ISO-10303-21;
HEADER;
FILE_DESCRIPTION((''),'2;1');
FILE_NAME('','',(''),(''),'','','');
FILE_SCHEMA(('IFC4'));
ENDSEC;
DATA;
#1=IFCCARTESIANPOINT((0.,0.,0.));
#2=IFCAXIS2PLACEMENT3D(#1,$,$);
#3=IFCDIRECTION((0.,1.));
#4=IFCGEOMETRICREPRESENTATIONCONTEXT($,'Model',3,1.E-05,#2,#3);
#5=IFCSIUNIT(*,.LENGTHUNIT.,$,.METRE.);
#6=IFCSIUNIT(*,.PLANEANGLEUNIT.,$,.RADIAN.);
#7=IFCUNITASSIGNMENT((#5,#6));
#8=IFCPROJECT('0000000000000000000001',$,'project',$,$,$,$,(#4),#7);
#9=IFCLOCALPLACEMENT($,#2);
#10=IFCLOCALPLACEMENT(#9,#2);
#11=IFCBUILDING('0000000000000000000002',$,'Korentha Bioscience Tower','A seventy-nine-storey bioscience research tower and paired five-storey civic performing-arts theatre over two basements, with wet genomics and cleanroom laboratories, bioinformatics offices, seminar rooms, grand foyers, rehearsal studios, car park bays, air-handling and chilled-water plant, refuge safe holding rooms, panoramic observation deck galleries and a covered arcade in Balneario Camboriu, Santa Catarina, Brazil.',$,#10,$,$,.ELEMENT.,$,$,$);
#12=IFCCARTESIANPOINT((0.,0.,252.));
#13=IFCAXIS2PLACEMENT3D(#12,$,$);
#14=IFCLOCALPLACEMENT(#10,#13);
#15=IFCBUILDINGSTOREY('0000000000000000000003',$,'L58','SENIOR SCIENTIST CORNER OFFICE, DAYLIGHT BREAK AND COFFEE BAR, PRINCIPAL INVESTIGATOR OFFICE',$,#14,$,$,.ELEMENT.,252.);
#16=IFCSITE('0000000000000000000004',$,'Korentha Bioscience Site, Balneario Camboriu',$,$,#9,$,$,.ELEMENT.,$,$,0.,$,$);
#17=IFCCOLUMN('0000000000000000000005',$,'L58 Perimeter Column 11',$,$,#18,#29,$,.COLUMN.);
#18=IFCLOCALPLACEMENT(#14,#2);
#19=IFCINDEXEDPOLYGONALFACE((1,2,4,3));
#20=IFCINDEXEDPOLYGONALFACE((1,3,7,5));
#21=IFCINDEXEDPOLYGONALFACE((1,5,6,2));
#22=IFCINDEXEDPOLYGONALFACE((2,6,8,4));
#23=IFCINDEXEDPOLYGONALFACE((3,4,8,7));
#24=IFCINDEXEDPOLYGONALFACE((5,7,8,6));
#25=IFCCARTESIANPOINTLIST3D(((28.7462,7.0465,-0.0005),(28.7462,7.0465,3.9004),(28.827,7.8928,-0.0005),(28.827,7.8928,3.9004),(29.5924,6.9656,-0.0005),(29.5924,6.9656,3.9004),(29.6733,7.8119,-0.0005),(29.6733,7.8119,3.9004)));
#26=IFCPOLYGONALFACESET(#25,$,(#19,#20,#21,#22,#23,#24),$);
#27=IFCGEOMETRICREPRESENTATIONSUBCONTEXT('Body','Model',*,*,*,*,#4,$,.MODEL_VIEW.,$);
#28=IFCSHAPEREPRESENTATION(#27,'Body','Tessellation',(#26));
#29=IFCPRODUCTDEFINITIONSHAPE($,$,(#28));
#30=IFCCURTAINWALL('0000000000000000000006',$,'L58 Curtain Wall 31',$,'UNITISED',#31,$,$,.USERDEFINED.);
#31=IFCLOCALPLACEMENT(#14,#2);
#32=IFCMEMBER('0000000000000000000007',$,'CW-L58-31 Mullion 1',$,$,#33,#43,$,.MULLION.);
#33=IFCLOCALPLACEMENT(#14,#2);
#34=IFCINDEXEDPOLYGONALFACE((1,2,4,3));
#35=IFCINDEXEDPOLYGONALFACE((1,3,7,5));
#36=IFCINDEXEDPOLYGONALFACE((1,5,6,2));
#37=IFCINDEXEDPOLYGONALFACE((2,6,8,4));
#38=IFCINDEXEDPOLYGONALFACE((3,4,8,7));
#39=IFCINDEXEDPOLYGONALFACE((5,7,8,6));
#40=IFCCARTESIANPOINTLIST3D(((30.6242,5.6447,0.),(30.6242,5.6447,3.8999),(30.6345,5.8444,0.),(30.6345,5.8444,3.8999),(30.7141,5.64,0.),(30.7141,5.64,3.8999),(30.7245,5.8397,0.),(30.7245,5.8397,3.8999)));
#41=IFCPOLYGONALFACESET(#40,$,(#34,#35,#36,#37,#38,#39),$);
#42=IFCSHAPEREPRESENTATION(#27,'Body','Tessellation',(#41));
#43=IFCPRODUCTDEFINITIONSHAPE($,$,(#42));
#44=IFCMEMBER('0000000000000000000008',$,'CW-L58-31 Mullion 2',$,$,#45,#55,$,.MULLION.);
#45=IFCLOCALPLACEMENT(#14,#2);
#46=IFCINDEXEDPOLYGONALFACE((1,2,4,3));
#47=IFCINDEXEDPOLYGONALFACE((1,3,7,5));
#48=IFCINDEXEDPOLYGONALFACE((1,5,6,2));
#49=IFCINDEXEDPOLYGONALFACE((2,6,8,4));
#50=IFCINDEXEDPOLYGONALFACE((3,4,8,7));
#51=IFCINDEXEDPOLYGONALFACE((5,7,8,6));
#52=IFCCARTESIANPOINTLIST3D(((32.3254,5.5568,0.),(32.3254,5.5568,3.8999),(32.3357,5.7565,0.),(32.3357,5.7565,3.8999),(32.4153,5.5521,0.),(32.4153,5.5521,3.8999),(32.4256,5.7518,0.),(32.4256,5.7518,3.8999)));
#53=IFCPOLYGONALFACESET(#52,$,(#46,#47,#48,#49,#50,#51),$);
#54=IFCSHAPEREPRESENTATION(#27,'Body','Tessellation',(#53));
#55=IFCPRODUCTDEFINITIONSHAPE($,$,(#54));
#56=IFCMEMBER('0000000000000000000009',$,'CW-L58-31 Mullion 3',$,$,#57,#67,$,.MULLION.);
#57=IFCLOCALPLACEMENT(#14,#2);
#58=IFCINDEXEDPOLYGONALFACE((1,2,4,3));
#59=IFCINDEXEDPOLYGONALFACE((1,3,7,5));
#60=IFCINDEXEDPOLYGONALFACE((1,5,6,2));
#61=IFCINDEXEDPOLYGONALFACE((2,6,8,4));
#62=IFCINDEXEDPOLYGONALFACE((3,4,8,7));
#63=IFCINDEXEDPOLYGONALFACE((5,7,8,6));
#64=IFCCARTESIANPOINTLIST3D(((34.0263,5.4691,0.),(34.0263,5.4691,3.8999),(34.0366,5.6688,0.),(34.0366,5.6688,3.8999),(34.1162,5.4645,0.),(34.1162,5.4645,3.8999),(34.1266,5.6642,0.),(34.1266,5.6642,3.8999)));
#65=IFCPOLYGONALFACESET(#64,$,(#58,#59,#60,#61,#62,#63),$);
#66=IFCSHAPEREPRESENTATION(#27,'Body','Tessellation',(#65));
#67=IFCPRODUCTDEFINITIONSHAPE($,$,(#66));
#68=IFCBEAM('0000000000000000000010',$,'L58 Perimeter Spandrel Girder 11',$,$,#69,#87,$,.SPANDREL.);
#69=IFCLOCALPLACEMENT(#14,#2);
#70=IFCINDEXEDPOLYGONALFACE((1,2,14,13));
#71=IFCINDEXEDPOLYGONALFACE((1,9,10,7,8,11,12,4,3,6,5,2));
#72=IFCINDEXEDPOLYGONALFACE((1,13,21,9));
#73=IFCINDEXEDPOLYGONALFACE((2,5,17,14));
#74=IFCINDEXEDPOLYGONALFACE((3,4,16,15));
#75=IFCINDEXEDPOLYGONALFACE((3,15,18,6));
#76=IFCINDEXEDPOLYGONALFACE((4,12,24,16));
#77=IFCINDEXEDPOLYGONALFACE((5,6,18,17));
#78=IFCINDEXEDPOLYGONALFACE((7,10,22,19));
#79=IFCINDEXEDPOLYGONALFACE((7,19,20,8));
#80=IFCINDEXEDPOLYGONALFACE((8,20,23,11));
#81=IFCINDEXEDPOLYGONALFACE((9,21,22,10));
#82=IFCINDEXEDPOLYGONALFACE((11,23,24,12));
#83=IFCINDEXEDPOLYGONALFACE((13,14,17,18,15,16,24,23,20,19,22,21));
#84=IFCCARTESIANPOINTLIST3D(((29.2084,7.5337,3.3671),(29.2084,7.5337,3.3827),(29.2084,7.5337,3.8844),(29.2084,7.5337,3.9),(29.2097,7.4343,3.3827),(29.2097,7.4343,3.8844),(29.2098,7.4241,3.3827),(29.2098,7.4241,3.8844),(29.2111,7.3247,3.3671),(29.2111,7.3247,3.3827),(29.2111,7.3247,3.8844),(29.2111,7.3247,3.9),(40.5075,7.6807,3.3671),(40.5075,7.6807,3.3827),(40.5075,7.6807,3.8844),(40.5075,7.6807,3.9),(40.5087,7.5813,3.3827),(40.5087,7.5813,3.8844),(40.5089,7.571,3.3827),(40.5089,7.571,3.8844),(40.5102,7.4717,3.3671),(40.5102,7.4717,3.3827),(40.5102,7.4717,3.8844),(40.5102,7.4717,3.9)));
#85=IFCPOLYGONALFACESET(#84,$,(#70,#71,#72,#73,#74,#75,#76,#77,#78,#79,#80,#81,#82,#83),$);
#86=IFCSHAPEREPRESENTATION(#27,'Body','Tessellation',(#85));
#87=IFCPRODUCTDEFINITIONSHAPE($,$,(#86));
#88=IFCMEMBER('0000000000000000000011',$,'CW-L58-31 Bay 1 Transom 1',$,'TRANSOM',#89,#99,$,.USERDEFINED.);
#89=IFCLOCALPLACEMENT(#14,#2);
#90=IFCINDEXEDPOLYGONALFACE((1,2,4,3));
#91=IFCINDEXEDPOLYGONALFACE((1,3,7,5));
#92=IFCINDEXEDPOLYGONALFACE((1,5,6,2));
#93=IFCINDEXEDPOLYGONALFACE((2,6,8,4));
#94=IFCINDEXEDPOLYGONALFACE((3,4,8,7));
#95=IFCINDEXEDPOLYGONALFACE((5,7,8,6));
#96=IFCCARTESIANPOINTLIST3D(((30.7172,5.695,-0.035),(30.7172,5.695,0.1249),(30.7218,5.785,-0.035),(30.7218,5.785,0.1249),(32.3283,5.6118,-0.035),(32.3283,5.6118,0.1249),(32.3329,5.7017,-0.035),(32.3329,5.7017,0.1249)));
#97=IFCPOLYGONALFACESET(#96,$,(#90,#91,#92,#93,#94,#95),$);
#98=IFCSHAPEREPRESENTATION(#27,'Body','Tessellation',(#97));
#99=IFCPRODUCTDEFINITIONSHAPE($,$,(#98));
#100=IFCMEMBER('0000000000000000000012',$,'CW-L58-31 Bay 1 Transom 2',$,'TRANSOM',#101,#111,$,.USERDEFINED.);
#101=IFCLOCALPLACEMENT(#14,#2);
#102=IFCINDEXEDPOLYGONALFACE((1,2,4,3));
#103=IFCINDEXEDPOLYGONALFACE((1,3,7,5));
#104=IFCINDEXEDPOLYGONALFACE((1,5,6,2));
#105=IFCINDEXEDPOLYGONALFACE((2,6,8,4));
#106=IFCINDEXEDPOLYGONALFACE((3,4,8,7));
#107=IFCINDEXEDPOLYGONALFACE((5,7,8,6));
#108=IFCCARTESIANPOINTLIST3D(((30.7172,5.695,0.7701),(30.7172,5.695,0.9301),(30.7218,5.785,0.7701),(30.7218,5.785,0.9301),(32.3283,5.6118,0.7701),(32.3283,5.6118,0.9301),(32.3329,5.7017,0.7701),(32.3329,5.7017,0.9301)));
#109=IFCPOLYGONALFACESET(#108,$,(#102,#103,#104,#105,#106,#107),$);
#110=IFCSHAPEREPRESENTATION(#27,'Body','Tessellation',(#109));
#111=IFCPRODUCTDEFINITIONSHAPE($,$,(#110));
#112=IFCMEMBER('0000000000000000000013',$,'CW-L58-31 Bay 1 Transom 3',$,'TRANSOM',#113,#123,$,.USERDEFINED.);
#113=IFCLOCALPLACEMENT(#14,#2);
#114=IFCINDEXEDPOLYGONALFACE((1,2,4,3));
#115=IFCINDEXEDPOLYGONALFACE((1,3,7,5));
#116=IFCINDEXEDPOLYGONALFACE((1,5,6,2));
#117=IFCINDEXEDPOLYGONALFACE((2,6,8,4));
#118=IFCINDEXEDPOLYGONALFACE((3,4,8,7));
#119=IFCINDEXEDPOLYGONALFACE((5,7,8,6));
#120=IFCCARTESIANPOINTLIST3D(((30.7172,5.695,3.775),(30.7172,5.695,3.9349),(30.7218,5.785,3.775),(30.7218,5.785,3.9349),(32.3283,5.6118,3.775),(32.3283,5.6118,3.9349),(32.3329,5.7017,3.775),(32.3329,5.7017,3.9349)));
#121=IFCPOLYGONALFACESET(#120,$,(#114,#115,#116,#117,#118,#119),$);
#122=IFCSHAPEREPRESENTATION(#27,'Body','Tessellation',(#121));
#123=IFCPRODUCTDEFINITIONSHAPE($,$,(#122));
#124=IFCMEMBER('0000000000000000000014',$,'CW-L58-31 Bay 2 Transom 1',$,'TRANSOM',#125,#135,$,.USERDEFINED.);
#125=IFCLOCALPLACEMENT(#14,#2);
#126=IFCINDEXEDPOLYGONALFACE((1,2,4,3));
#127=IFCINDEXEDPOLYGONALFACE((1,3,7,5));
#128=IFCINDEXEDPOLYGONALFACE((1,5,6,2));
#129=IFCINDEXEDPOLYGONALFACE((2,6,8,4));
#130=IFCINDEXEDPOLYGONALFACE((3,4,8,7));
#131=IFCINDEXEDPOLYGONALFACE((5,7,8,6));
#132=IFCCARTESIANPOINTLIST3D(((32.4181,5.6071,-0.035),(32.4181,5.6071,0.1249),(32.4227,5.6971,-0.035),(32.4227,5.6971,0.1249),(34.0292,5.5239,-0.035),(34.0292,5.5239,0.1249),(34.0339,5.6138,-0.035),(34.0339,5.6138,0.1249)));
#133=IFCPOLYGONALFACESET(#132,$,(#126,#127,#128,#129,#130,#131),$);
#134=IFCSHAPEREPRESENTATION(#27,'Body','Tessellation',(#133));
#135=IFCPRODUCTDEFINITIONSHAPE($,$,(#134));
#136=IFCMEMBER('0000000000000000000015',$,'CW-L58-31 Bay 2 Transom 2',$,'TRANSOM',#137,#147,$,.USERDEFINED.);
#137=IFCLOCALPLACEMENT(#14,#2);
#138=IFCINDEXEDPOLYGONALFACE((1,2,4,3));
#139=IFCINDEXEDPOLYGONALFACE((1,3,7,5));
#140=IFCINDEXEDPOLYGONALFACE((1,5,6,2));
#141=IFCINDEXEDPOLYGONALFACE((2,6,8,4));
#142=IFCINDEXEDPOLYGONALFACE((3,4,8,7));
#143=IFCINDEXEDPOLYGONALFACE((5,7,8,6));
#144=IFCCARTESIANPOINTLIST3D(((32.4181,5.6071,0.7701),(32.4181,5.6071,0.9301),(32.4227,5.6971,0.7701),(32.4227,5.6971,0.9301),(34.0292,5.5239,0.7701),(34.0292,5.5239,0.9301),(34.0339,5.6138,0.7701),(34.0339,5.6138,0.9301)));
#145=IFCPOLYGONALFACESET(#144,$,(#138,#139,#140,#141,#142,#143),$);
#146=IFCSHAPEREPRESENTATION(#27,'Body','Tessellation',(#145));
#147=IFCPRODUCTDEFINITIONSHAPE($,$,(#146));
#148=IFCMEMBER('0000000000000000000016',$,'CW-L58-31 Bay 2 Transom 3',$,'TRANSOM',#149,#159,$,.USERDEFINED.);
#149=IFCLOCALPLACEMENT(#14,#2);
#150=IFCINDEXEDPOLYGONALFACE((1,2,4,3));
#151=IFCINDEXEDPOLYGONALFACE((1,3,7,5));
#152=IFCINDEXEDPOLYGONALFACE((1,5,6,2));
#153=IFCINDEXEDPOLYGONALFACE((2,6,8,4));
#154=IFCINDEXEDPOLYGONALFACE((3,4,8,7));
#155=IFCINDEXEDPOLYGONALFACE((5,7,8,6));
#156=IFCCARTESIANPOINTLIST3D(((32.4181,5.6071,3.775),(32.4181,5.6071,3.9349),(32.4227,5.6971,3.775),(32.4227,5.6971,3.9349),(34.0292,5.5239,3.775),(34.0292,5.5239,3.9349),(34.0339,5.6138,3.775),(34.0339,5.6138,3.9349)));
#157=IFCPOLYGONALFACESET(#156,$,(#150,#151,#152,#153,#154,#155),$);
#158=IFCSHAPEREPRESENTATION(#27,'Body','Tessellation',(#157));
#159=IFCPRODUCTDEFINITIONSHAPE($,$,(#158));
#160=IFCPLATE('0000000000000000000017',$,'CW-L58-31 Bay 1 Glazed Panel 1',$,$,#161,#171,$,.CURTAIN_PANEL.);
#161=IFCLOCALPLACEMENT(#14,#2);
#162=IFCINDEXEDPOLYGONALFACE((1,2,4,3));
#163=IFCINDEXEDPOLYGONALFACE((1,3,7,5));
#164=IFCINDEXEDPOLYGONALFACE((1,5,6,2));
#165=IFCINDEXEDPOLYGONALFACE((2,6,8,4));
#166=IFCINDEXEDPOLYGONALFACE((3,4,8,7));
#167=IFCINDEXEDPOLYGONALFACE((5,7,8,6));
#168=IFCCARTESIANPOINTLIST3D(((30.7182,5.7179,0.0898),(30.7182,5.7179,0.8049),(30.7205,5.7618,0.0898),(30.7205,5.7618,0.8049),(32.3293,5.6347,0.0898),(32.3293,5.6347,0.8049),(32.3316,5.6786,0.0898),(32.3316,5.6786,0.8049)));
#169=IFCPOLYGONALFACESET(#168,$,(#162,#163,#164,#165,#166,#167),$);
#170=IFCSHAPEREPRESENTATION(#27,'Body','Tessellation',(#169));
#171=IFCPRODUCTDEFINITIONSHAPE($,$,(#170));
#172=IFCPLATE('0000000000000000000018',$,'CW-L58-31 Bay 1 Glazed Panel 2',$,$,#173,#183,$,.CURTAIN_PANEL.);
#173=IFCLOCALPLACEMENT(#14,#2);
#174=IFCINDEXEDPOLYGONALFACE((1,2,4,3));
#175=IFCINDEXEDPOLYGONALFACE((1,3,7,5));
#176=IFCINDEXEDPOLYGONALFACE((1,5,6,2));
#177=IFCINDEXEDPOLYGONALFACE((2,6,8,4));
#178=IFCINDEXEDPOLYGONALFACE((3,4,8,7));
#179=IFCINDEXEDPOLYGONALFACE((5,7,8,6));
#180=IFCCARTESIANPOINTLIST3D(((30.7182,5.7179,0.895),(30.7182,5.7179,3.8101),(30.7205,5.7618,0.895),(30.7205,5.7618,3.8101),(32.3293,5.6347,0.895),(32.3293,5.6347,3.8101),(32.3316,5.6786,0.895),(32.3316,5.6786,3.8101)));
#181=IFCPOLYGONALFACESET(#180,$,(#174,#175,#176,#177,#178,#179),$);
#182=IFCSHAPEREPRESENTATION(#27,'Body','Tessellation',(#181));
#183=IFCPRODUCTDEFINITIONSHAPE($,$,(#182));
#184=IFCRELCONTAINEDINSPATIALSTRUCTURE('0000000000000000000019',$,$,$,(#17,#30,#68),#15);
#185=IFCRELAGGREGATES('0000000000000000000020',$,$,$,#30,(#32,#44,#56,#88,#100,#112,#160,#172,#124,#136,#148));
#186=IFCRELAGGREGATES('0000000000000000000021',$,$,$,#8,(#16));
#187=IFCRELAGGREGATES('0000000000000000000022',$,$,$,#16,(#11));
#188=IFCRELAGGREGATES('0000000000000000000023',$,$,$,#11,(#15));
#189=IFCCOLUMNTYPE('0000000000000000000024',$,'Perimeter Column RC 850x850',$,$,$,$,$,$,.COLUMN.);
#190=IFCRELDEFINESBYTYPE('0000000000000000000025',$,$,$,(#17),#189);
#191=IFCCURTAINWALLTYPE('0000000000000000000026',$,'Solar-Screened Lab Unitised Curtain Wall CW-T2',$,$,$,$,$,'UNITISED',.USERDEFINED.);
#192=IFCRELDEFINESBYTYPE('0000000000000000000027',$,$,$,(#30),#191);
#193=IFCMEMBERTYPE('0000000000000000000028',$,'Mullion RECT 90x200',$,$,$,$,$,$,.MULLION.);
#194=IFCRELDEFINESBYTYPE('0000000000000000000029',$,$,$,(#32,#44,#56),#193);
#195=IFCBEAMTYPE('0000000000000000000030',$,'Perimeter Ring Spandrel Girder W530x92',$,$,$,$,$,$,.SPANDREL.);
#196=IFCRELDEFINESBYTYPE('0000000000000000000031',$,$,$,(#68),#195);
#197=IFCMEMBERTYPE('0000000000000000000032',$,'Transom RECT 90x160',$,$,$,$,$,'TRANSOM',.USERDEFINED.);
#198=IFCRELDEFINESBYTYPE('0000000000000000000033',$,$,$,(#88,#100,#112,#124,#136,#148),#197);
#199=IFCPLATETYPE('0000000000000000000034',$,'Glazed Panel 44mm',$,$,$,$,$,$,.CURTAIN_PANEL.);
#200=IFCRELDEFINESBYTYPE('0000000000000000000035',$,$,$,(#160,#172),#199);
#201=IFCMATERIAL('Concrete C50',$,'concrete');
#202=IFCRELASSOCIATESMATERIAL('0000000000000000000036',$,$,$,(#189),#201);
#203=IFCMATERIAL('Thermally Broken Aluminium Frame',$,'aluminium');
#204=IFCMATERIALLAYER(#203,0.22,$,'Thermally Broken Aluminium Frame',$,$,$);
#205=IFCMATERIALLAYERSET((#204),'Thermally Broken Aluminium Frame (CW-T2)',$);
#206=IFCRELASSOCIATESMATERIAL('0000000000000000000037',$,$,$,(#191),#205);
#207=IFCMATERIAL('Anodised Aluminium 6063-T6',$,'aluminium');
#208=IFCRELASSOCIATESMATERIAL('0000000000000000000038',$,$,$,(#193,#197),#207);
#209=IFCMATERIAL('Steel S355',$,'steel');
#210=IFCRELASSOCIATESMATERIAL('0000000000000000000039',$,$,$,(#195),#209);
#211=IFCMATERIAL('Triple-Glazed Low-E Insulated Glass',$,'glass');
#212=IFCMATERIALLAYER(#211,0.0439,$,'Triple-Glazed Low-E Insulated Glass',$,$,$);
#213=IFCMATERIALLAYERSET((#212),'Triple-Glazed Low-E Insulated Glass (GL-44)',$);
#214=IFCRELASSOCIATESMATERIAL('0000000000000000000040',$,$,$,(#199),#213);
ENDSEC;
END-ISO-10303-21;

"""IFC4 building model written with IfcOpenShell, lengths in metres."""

from ifc_helpers import new_model, si_unit, direction, frame, origin, origin_2d, place, context, subcontext, project, spatial, rectangle, i_section, extrude, material, layer, layer_set, material_profile, profile_set, type_object, element, aggregate, save


model = new_model("IFC4")

# Units and contexts
model_context = context("Model", 3, precision=1e-05, world=origin(), true_north=direction((0.0, 1.0)))
body_context = subcontext(model_context, "Body", "Model", "MODEL_VIEW")
ifc_project = project(units=[si_unit("LENGTHUNIT", "METRE"), si_unit("PLANEANGLEUNIT", "RADIAN")], contexts=[model_context])

# Site, building, storey
site_placement = place(None, origin())
site = spatial("IfcSite", under=ifc_project, at=site_placement, Name="Korentha Bioscience Site, Balneario Camboriu", CompositionType="ELEMENT", RefElevation=0.0)
building_placement = place(site_placement, origin())
building = spatial("IfcBuilding", under=site, at=building_placement, Name="Korentha Bioscience Tower", Description="A seventy-nine-storey bioscience research tower and paired five-storey civic performing-arts theatre over two basements, with wet genomics and cleanroom laboratories, bioinformatics offices, seminar rooms, grand foyers, rehearsal studios, car park bays, air-handling and chilled-water plant, refuge safe holding rooms, panoramic observation deck galleries and a covered arcade in Balneario Camboriu, Santa Catarina, Brazil.", CompositionType="ELEMENT")
storey_placement = place(building_placement, frame((0.0, 0.0, 252.0)))
storey = spatial("IfcBuildingStorey", under=building, at=storey_placement, Name="L58", Description="SENIOR SCIENTIST CORNER OFFICE, DAYLIGHT BREAK AND COFFEE BAR, PRINCIPAL INVESTIGATOR OFFICE", CompositionType="ELEMENT", Elevation=252.0)

# Column
ifc_material_1 = material(Name="Concrete C50", Category="concrete")
ifc_material_profile_1 = material_profile(ifc_material_1, rectangle(XDim=0.8501, YDim=0.8501, at=origin_2d()), Name="Concrete C50")
ifc_profile_set_1 = profile_set([ifc_material_profile_1], Name="Concrete C50 (COL-P08)")
column_type = type_object("IfcColumnType", Name="Perimeter Column RC 850x850", PredefinedType="COLUMN", material=ifc_profile_set_1)
column_placement = place(storey_placement, frame((29.2097, 7.4292, -0.0005), z_axis=(0.0, 0.0, 1.0), x_axis=(-0.995463, 0.095151, 0.0)))
element("IfcColumn", 1, at=column_placement, inside=storey, type_object=column_type, Name="L58 Perimeter Column 11", PredefinedType="COLUMN", context=body_context, shape_type="SweptSolid", body=[
    extrude(rectangle(XDim=0.8501, YDim=0.8501, at=origin_2d()), origin(), (0.0, 0.0, 1.0), 3.9009),
])

# Curtain wall, members
ifc_material_2 = material(Name="Thermally Broken Aluminium Frame", Category="aluminium")
ifc_layer_1 = layer(ifc_material_2, 0.22, Name="Thermally Broken Aluminium Frame")
ifc_layer_set_1 = layer_set([ifc_layer_1], Name="Thermally Broken Aluminium Frame (CW-T2)")
curtain_wall_type = type_object("IfcCurtainWallType", Name="Solar-Screened Lab Unitised Curtain Wall CW-T2", ElementType="UNITISED", PredefinedType="USERDEFINED", material=ifc_layer_set_1)
curtain_wall_placement = place(storey_placement, origin())
curtain_wall = element("IfcCurtainWall", 2, at=curtain_wall_placement, inside=storey, type_object=curtain_wall_type, Name="L58 Curtain Wall 31", ObjectType="UNITISED", PredefinedType="USERDEFINED")
ifc_material_3 = material(Name="Anodised Aluminium 6063-T6", Category="aluminium")
ifc_material_profile_2 = material_profile(ifc_material_3, rectangle(XDim=0.0901, YDim=0.2, at=origin_2d()), Name="Anodised Aluminium 6063-T6")
ifc_profile_set_2 = profile_set([ifc_material_profile_2], Name="Anodised Aluminium 6063-T6 (CW-MUL)")
member_type_1 = type_object("IfcMemberType", Name="Mullion RECT 90x200", PredefinedType="MULLION", material=ifc_profile_set_2)
member_1_placement = place(storey_placement, frame((30.6743, 5.7422, 0.0), z_axis=(0.0, 0.0, 1.0), x_axis=(0.998671, -0.051538, 0.0)))
member_1 = element("IfcMember", 3, at=member_1_placement, type_object=member_type_1, Name="CW-L58-31 Mullion 1", PredefinedType="MULLION", context=body_context, shape_type="SweptSolid", body=[
    extrude(rectangle(XDim=0.0901, YDim=0.2, at=origin_2d()), origin(), (0.0, 0.0, 1.0), 3.8999),
])
member_2_placement = place(storey_placement, frame((32.3755, 5.6543, 0.0), z_axis=(0.0, 0.0, 1.0), x_axis=(0.998671, -0.051538, 0.0)))
member_2 = element("IfcMember", 4, at=member_2_placement, type_object=member_type_1, Name="CW-L58-31 Mullion 2", PredefinedType="MULLION", context=body_context, shape_type="SweptSolid", body=[
    extrude(rectangle(XDim=0.0901, YDim=0.2, at=origin_2d()), origin(), (0.0, 0.0, 1.0), 3.8999),
])
member_3_placement = place(storey_placement, frame((34.0764, 5.5667, 0.0), z_axis=(0.0, 0.0, 1.0), x_axis=(0.998671, -0.051538, 0.0)))
member_3 = element("IfcMember", 5, at=member_3_placement, type_object=member_type_1, Name="CW-L58-31 Mullion 3", PredefinedType="MULLION", context=body_context, shape_type="SweptSolid", body=[
    extrude(rectangle(XDim=0.0901, YDim=0.2, at=origin_2d()), origin(), (0.0, 0.0, 1.0), 3.8999),
])

# Beam
ifc_material_4 = material(Name="Steel S355", Category="steel")
ifc_material_profile_3 = material_profile(ifc_material_4, i_section(OverallWidth=0.209, OverallDepth=0.533, WebThickness=0.0103, FlangeThickness=0.0156, at=origin_2d()), Name="Steel S355")
ifc_profile_set_3 = profile_set([ifc_material_profile_3], Name="Steel S355 (SB-530)")
beam_type = type_object("IfcBeamType", Name="Perimeter Ring Spandrel Girder W530x92", PredefinedType="SPANDREL", material=ifc_profile_set_3)
beam_placement = place(storey_placement, frame((29.2097, 7.4292, 3.6335), z_axis=(0.999915, 0.013006, 0.0), x_axis=(-0.013006, 0.999915, 0.0)))
element("IfcBeam", 6, at=beam_placement, inside=storey, type_object=beam_type, Name="L58 Perimeter Spandrel Girder 11", PredefinedType="SPANDREL", context=body_context, shape_type="SweptSolid", body=[
    extrude(i_section(OverallWidth=0.209, OverallDepth=0.533, WebThickness=0.0103, FlangeThickness=0.0156, at=origin_2d()), origin(), (0.0, 0.0, 1.0), 11.3),
])

# Members
ifc_material_profile_4 = material_profile(ifc_material_3, rectangle(XDim=0.0901, YDim=0.1599, at=origin_2d()), Name="Anodised Aluminium 6063-T6")
ifc_profile_set_4 = profile_set([ifc_material_profile_4], Name="Anodised Aluminium 6063-T6 (CW-TRN)")
member_type_2 = type_object("IfcMemberType", Name="Transom RECT 90x160", ElementType="TRANSOM", PredefinedType="USERDEFINED", material=ifc_profile_set_4)
member_4_placement = place(storey_placement, frame((30.7195, 5.74, 0.0449), z_axis=(0.998668, -0.051606, 0.0), x_axis=(0.051606, 0.998668, 0.0)))
member_4 = element("IfcMember", 7, at=member_4_placement, type_object=member_type_2, Name="CW-L58-31 Bay 1 Transom 1", ObjectType="TRANSOM", PredefinedType="USERDEFINED", context=body_context, shape_type="SweptSolid", body=[
    extrude(rectangle(XDim=0.0901, YDim=0.1599, at=origin_2d()), origin(), (0.0, 0.0, 1.0), 1.6133),
])
member_5_placement = place(storey_placement, frame((30.7195, 5.74, 0.8501), z_axis=(0.998668, -0.051606, 0.0), x_axis=(0.051606, 0.998668, 0.0)))
member_5 = element("IfcMember", 8, at=member_5_placement, type_object=member_type_2, Name="CW-L58-31 Bay 1 Transom 2", ObjectType="TRANSOM", PredefinedType="USERDEFINED", context=body_context, shape_type="SweptSolid", body=[
    extrude(rectangle(XDim=0.0901, YDim=0.1599, at=origin_2d()), origin(), (0.0, 0.0, 1.0), 1.6133),
])
member_6_placement = place(storey_placement, frame((30.7195, 5.74, 3.855), z_axis=(0.998668, -0.051606, 0.0), x_axis=(0.051606, 0.998668, 0.0)))
member_6 = element("IfcMember", 9, at=member_6_placement, type_object=member_type_2, Name="CW-L58-31 Bay 1 Transom 3", ObjectType="TRANSOM", PredefinedType="USERDEFINED", context=body_context, shape_type="SweptSolid", body=[
    extrude(rectangle(XDim=0.0901, YDim=0.1599, at=origin_2d()), origin(), (0.0, 0.0, 1.0), 1.6133),
])
member_7_placement = place(storey_placement, frame((32.4204, 5.6521, 0.0449), z_axis=(0.998668, -0.051606, 0.0), x_axis=(0.051606, 0.998668, 0.0)))
member_7 = element("IfcMember", 10, at=member_7_placement, type_object=member_type_2, Name="CW-L58-31 Bay 2 Transom 1", ObjectType="TRANSOM", PredefinedType="USERDEFINED", context=body_context, shape_type="SweptSolid", body=[
    extrude(rectangle(XDim=0.0901, YDim=0.1599, at=origin_2d()), origin(), (0.0, 0.0, 1.0), 1.6133),
])
member_8_placement = place(storey_placement, frame((32.4204, 5.6521, 0.8501), z_axis=(0.998668, -0.051606, 0.0), x_axis=(0.051606, 0.998668, 0.0)))
member_8 = element("IfcMember", 11, at=member_8_placement, type_object=member_type_2, Name="CW-L58-31 Bay 2 Transom 2", ObjectType="TRANSOM", PredefinedType="USERDEFINED", context=body_context, shape_type="SweptSolid", body=[
    extrude(rectangle(XDim=0.0901, YDim=0.1599, at=origin_2d()), origin(), (0.0, 0.0, 1.0), 1.6133),
])
member_9_placement = place(storey_placement, frame((32.4204, 5.6521, 3.855), z_axis=(0.998668, -0.051606, 0.0), x_axis=(0.051606, 0.998668, 0.0)))
member_9 = element("IfcMember", 12, at=member_9_placement, type_object=member_type_2, Name="CW-L58-31 Bay 2 Transom 3", ObjectType="TRANSOM", PredefinedType="USERDEFINED", context=body_context, shape_type="SweptSolid", body=[
    extrude(rectangle(XDim=0.0901, YDim=0.1599, at=origin_2d()), origin(), (0.0, 0.0, 1.0), 1.6133),
])

# Plates
ifc_material_5 = material(Name="Triple-Glazed Low-E Insulated Glass", Category="glass")
ifc_layer_2 = layer(ifc_material_5, 0.0439, Name="Triple-Glazed Low-E Insulated Glass")
ifc_layer_set_2 = layer_set([ifc_layer_2], Name="Triple-Glazed Low-E Insulated Glass (GL-44)")
plate_type = type_object("IfcPlateType", Name="Glazed Panel 44mm", PredefinedType="CURTAIN_PANEL", material=ifc_layer_set_2)
plate_1_placement = place(storey_placement, frame((31.5249, 5.6982, 0.0898), z_axis=(0.0, 0.0, 1.0), x_axis=(0.998671, -0.051538, 0.0)))
plate_1 = element("IfcPlate", 13, at=plate_1_placement, type_object=plate_type, Name="CW-L58-31 Bay 1 Glazed Panel 1", PredefinedType="CURTAIN_PANEL", context=body_context, shape_type="SweptSolid", body=[
    extrude(rectangle(XDim=1.6133, YDim=0.0439, at=origin_2d()), origin(), (0.0, 0.0, 1.0), 0.7151),
])
plate_2_placement = place(storey_placement, frame((31.5249, 5.6982, 0.895), z_axis=(0.0, 0.0, 1.0), x_axis=(0.998671, -0.051538, 0.0)))
plate_2 = element("IfcPlate", 14, at=plate_2_placement, type_object=plate_type, Name="CW-L58-31 Bay 1 Glazed Panel 2", PredefinedType="CURTAIN_PANEL", context=body_context, shape_type="SweptSolid", body=[
    extrude(rectangle(XDim=1.6133, YDim=0.0439, at=origin_2d()), origin(), (0.0, 0.0, 1.0), 2.915),
])
aggregate(curtain_wall, [member_1, member_2, member_3, member_4, member_5, member_6, plate_1, plate_2, member_7, member_8, member_9])

save(model, "model.ifc")
